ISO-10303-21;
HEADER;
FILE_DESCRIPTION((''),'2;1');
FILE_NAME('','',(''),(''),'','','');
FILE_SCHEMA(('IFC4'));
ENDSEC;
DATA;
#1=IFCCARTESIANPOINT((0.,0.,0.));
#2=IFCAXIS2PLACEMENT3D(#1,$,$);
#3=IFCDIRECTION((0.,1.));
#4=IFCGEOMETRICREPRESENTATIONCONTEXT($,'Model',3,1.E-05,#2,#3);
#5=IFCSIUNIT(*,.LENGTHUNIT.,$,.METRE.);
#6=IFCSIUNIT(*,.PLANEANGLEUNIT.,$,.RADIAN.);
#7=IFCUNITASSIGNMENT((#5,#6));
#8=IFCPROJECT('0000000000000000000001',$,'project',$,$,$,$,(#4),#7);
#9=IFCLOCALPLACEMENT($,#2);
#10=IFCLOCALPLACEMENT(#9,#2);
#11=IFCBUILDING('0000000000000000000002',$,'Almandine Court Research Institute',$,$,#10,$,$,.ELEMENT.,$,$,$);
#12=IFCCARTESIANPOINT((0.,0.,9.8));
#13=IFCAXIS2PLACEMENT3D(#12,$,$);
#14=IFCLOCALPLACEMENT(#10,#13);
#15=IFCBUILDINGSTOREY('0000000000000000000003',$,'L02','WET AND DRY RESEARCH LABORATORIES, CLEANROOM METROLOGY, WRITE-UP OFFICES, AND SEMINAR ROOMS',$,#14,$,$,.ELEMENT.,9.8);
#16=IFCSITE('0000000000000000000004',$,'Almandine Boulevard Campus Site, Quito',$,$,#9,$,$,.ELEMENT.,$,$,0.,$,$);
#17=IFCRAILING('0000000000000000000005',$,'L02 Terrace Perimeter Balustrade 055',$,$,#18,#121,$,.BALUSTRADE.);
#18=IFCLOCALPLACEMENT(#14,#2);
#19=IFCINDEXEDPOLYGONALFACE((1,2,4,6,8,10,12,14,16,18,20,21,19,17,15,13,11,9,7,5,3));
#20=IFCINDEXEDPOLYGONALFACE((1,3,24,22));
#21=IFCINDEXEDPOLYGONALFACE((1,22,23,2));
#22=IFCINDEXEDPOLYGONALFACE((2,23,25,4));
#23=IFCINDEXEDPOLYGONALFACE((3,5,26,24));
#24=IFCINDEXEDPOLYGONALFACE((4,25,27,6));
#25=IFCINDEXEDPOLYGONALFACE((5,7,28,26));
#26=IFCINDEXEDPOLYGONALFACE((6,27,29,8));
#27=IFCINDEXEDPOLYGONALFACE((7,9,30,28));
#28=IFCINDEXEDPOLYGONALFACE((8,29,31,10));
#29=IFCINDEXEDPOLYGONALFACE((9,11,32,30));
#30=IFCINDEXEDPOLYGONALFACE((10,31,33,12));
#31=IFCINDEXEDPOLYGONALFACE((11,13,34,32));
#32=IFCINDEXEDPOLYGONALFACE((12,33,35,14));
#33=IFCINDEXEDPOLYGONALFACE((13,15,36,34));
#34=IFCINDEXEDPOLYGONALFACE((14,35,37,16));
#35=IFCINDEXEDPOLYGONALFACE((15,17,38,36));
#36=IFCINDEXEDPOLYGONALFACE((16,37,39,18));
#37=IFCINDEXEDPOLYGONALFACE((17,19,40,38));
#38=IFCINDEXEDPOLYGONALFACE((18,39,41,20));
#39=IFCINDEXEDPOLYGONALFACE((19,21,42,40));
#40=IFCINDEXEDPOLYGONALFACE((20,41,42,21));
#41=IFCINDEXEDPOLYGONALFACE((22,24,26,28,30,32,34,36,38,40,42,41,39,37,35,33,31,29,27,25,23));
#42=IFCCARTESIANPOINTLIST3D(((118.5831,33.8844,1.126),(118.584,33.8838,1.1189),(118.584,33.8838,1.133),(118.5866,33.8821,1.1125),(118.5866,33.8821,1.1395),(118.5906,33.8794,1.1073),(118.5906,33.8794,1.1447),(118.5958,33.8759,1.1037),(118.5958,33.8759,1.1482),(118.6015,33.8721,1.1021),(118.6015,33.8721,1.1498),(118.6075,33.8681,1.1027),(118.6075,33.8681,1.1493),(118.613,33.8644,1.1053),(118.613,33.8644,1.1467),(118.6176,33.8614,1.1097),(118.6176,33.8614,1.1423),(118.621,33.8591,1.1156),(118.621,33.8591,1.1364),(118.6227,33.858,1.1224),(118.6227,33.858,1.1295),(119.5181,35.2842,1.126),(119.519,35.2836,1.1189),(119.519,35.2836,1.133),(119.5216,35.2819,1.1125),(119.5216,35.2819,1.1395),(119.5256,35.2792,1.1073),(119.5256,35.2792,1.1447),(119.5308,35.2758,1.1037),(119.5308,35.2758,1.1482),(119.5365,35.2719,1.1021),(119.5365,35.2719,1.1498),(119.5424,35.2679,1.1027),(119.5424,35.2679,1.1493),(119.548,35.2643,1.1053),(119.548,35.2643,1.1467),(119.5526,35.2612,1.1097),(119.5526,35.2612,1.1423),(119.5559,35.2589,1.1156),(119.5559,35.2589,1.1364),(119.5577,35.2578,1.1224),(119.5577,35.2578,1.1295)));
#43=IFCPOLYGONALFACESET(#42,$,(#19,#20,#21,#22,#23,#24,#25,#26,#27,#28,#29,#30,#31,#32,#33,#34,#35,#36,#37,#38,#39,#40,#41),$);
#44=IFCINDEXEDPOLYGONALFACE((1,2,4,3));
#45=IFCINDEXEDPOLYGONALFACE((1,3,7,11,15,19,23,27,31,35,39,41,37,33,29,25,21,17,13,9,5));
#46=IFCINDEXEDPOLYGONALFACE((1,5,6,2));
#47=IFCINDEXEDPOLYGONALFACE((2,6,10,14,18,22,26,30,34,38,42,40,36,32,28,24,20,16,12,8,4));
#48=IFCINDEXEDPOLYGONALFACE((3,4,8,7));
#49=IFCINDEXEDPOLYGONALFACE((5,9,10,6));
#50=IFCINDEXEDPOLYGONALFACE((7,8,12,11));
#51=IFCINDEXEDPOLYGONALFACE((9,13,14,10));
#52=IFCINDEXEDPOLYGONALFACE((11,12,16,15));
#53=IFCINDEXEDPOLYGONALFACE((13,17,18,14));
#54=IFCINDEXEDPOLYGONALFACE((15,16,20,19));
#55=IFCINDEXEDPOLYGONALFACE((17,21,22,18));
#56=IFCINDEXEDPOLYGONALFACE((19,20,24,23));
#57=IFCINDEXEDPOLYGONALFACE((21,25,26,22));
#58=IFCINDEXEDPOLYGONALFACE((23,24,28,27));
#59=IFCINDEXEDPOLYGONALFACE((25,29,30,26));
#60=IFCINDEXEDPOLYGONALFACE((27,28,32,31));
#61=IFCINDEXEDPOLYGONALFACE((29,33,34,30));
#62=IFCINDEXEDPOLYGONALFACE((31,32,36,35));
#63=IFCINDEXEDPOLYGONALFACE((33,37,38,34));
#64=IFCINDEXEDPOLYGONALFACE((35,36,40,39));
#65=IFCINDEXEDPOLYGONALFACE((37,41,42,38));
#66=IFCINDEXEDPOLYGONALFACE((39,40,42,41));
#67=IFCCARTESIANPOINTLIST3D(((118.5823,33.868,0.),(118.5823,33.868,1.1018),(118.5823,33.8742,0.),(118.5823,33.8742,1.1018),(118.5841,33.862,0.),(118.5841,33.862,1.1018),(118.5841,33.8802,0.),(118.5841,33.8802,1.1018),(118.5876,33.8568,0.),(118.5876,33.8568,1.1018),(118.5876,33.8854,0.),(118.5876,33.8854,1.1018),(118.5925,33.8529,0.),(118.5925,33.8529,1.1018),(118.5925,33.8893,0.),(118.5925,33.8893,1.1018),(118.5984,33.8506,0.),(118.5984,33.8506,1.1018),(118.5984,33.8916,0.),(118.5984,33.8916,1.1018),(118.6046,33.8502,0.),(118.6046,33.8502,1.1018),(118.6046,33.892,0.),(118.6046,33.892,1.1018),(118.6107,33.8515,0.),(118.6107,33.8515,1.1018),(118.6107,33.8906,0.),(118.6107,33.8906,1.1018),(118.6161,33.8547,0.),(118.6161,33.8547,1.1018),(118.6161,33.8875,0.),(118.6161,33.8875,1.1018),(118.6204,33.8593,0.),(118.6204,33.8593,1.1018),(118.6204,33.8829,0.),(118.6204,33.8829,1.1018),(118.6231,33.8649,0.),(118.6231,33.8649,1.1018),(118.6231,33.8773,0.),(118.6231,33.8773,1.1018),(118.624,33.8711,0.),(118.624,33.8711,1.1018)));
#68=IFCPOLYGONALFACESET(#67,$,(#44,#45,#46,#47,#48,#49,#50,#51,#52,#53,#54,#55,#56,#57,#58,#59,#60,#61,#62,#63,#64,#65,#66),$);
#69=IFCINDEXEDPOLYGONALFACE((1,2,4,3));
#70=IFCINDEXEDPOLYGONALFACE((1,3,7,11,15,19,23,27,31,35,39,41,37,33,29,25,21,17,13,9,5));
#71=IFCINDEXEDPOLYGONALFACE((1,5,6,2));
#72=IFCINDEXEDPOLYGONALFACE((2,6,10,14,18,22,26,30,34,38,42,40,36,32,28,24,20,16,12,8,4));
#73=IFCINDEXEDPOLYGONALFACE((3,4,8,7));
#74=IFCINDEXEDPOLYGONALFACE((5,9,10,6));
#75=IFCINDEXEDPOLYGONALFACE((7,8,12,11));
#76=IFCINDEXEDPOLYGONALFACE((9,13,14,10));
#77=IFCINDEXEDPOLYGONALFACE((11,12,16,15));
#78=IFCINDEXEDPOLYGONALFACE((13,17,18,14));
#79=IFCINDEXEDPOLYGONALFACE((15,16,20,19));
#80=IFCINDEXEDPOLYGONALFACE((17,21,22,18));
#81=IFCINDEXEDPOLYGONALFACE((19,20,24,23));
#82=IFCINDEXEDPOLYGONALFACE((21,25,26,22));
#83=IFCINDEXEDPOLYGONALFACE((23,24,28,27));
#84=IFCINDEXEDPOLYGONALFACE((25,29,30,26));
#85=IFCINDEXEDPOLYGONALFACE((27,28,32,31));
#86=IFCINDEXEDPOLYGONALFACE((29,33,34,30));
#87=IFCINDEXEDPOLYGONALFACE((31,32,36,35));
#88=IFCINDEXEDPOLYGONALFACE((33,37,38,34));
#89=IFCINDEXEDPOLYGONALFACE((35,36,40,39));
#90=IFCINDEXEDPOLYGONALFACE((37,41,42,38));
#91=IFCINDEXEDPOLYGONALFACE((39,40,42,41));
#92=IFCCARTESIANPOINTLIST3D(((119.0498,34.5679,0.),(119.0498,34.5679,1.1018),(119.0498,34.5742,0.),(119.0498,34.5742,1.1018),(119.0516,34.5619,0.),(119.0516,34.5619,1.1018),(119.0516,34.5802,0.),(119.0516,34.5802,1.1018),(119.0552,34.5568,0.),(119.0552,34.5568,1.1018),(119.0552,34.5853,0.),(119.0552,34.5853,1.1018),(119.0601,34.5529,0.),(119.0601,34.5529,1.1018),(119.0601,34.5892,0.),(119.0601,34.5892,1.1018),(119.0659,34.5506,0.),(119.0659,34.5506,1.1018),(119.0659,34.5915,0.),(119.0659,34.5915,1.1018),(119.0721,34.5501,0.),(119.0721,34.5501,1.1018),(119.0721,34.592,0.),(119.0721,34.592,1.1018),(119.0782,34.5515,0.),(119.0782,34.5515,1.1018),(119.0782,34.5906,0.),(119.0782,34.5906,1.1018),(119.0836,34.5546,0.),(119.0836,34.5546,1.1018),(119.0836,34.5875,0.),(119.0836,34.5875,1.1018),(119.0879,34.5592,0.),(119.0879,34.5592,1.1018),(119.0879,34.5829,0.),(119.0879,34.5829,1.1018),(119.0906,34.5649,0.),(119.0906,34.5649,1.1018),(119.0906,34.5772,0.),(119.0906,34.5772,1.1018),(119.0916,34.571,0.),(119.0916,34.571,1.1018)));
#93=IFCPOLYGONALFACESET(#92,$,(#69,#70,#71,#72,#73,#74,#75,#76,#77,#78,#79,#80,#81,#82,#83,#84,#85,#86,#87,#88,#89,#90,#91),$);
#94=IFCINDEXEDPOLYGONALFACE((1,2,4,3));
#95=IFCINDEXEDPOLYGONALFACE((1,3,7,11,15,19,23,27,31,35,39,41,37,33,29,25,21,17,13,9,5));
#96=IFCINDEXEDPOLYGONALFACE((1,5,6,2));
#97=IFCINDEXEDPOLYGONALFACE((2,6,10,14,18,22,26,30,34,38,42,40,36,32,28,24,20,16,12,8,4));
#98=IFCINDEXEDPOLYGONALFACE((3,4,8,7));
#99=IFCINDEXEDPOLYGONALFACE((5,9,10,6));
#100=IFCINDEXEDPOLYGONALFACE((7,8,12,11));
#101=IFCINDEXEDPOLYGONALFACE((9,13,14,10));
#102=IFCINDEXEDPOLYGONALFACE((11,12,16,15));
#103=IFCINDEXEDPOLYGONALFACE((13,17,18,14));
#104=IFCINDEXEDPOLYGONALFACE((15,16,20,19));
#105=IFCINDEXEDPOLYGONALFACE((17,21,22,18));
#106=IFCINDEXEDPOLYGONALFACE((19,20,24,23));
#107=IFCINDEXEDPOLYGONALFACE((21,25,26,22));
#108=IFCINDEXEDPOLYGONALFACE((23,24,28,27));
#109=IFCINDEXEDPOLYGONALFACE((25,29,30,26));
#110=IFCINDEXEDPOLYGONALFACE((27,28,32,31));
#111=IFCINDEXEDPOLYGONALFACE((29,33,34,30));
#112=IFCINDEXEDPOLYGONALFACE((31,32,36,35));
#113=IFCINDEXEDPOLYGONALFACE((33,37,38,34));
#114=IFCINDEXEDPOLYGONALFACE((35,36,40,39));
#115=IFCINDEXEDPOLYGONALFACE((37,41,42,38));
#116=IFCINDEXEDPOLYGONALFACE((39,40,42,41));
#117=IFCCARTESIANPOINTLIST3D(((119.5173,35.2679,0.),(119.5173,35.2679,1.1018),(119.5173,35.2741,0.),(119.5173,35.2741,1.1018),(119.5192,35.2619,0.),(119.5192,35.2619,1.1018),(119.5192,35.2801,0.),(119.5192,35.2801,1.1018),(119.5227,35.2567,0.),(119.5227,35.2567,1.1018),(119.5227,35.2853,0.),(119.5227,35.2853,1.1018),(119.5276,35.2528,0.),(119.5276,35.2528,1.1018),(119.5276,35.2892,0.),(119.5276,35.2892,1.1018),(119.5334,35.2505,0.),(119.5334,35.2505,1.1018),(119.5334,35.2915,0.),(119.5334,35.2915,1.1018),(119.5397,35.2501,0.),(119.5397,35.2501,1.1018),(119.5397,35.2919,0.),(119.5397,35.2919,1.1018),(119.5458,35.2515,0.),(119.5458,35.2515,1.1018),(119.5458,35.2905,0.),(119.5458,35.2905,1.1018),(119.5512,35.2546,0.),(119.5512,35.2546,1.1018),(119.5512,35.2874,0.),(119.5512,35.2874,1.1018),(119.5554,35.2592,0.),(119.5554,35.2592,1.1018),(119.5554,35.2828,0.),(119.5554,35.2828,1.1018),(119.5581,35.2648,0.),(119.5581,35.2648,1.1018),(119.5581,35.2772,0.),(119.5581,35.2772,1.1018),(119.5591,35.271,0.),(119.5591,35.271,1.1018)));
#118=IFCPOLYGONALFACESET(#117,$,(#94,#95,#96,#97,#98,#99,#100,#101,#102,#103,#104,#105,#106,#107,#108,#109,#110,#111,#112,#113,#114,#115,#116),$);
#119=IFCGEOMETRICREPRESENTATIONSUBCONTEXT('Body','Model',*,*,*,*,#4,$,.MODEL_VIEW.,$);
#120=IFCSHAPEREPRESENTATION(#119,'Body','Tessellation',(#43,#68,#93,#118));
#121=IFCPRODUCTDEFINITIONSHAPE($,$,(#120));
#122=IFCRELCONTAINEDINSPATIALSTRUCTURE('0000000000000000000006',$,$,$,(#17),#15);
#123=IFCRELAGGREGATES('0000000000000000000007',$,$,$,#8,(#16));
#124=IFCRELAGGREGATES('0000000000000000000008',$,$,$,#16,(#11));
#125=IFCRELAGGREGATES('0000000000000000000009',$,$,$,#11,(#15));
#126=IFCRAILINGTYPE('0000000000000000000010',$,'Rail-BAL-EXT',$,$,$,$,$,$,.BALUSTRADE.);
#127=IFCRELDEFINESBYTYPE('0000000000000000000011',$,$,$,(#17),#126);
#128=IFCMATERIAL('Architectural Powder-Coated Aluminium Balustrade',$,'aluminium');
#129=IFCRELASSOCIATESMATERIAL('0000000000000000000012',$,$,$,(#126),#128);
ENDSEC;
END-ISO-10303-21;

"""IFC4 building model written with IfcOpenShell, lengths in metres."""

from ifc_helpers import new_model, si_unit, direction, frame, origin, origin_2d, place, context, subcontext, project, spatial, circle, extrude, material, type_object, element, save


model = new_model("IFC4")

# Units and contexts
model_context = context("Model", 3, precision=1e-05, world=origin(), true_north=direction((0.0, 1.0)))
body_context = subcontext(model_context, "Body", "Model", "MODEL_VIEW")
ifc_project = project(units=[si_unit("LENGTHUNIT", "METRE"), si_unit("PLANEANGLEUNIT", "RADIAN")], contexts=[model_context])

# Site, building, storey
site_placement = place(None, origin())
site = spatial("IfcSite", under=ifc_project, at=site_placement, Name="Almandine Boulevard Campus Site, Quito", CompositionType="ELEMENT", RefElevation=0.0)
building_placement = place(site_placement, origin())
building = spatial("IfcBuilding", under=site, at=building_placement, Name="Almandine Court Research Institute", CompositionType="ELEMENT")
storey_placement = place(building_placement, frame((0.0, 0.0, 9.8)))
storey = spatial("IfcBuildingStorey", under=building, at=storey_placement, Name="L02", Description="WET AND DRY RESEARCH LABORATORIES, CLEANROOM METROLOGY, WRITE-UP OFFICES, AND SEMINAR ROOMS", CompositionType="ELEMENT", Elevation=9.8)

# Railing
ifc_material_1 = material(Name="Architectural Powder-Coated Aluminium Balustrade", Category="aluminium")
railing_type = type_object("IfcRailingType", Name="Rail-BAL-EXT", PredefinedType="BALUSTRADE", material=ifc_material_1)
railing_1_placement = place(storey_placement, frame((118.603, 33.8711, 0.0)))
element("IfcRailing", 1, at=railing_1_placement, inside=storey, type_object=railing_type, Name="L02 Terrace Perimeter Balustrade 055", PredefinedType="BALUSTRADE", context=body_context, shape_type="SweptSolid", body=[
    extrude(circle(Radius=0.0239, at=origin_2d()), frame((0.0, 0.0, 1.126), z_axis=(0.555436, 0.831559, 0.0), x_axis=(-0.831559, 0.555436, 0.0)), (0.0, 0.0, 1.0), 1.6833),
    extrude(circle(Radius=0.021, at=origin_2d()), origin(), (0.0, 0.0, 1.0), 1.1018),
    extrude(circle(Radius=0.021, at=origin_2d()), frame((0.4675, 0.7, 0.0)), (0.0, 0.0, 1.0), 1.1018),
    extrude(circle(Radius=0.021, at=origin_2d()), frame((0.9351, 1.3999, 0.0)), (0.0, 0.0, 1.0), 1.1018),
])

save(model, "model.ifc")
